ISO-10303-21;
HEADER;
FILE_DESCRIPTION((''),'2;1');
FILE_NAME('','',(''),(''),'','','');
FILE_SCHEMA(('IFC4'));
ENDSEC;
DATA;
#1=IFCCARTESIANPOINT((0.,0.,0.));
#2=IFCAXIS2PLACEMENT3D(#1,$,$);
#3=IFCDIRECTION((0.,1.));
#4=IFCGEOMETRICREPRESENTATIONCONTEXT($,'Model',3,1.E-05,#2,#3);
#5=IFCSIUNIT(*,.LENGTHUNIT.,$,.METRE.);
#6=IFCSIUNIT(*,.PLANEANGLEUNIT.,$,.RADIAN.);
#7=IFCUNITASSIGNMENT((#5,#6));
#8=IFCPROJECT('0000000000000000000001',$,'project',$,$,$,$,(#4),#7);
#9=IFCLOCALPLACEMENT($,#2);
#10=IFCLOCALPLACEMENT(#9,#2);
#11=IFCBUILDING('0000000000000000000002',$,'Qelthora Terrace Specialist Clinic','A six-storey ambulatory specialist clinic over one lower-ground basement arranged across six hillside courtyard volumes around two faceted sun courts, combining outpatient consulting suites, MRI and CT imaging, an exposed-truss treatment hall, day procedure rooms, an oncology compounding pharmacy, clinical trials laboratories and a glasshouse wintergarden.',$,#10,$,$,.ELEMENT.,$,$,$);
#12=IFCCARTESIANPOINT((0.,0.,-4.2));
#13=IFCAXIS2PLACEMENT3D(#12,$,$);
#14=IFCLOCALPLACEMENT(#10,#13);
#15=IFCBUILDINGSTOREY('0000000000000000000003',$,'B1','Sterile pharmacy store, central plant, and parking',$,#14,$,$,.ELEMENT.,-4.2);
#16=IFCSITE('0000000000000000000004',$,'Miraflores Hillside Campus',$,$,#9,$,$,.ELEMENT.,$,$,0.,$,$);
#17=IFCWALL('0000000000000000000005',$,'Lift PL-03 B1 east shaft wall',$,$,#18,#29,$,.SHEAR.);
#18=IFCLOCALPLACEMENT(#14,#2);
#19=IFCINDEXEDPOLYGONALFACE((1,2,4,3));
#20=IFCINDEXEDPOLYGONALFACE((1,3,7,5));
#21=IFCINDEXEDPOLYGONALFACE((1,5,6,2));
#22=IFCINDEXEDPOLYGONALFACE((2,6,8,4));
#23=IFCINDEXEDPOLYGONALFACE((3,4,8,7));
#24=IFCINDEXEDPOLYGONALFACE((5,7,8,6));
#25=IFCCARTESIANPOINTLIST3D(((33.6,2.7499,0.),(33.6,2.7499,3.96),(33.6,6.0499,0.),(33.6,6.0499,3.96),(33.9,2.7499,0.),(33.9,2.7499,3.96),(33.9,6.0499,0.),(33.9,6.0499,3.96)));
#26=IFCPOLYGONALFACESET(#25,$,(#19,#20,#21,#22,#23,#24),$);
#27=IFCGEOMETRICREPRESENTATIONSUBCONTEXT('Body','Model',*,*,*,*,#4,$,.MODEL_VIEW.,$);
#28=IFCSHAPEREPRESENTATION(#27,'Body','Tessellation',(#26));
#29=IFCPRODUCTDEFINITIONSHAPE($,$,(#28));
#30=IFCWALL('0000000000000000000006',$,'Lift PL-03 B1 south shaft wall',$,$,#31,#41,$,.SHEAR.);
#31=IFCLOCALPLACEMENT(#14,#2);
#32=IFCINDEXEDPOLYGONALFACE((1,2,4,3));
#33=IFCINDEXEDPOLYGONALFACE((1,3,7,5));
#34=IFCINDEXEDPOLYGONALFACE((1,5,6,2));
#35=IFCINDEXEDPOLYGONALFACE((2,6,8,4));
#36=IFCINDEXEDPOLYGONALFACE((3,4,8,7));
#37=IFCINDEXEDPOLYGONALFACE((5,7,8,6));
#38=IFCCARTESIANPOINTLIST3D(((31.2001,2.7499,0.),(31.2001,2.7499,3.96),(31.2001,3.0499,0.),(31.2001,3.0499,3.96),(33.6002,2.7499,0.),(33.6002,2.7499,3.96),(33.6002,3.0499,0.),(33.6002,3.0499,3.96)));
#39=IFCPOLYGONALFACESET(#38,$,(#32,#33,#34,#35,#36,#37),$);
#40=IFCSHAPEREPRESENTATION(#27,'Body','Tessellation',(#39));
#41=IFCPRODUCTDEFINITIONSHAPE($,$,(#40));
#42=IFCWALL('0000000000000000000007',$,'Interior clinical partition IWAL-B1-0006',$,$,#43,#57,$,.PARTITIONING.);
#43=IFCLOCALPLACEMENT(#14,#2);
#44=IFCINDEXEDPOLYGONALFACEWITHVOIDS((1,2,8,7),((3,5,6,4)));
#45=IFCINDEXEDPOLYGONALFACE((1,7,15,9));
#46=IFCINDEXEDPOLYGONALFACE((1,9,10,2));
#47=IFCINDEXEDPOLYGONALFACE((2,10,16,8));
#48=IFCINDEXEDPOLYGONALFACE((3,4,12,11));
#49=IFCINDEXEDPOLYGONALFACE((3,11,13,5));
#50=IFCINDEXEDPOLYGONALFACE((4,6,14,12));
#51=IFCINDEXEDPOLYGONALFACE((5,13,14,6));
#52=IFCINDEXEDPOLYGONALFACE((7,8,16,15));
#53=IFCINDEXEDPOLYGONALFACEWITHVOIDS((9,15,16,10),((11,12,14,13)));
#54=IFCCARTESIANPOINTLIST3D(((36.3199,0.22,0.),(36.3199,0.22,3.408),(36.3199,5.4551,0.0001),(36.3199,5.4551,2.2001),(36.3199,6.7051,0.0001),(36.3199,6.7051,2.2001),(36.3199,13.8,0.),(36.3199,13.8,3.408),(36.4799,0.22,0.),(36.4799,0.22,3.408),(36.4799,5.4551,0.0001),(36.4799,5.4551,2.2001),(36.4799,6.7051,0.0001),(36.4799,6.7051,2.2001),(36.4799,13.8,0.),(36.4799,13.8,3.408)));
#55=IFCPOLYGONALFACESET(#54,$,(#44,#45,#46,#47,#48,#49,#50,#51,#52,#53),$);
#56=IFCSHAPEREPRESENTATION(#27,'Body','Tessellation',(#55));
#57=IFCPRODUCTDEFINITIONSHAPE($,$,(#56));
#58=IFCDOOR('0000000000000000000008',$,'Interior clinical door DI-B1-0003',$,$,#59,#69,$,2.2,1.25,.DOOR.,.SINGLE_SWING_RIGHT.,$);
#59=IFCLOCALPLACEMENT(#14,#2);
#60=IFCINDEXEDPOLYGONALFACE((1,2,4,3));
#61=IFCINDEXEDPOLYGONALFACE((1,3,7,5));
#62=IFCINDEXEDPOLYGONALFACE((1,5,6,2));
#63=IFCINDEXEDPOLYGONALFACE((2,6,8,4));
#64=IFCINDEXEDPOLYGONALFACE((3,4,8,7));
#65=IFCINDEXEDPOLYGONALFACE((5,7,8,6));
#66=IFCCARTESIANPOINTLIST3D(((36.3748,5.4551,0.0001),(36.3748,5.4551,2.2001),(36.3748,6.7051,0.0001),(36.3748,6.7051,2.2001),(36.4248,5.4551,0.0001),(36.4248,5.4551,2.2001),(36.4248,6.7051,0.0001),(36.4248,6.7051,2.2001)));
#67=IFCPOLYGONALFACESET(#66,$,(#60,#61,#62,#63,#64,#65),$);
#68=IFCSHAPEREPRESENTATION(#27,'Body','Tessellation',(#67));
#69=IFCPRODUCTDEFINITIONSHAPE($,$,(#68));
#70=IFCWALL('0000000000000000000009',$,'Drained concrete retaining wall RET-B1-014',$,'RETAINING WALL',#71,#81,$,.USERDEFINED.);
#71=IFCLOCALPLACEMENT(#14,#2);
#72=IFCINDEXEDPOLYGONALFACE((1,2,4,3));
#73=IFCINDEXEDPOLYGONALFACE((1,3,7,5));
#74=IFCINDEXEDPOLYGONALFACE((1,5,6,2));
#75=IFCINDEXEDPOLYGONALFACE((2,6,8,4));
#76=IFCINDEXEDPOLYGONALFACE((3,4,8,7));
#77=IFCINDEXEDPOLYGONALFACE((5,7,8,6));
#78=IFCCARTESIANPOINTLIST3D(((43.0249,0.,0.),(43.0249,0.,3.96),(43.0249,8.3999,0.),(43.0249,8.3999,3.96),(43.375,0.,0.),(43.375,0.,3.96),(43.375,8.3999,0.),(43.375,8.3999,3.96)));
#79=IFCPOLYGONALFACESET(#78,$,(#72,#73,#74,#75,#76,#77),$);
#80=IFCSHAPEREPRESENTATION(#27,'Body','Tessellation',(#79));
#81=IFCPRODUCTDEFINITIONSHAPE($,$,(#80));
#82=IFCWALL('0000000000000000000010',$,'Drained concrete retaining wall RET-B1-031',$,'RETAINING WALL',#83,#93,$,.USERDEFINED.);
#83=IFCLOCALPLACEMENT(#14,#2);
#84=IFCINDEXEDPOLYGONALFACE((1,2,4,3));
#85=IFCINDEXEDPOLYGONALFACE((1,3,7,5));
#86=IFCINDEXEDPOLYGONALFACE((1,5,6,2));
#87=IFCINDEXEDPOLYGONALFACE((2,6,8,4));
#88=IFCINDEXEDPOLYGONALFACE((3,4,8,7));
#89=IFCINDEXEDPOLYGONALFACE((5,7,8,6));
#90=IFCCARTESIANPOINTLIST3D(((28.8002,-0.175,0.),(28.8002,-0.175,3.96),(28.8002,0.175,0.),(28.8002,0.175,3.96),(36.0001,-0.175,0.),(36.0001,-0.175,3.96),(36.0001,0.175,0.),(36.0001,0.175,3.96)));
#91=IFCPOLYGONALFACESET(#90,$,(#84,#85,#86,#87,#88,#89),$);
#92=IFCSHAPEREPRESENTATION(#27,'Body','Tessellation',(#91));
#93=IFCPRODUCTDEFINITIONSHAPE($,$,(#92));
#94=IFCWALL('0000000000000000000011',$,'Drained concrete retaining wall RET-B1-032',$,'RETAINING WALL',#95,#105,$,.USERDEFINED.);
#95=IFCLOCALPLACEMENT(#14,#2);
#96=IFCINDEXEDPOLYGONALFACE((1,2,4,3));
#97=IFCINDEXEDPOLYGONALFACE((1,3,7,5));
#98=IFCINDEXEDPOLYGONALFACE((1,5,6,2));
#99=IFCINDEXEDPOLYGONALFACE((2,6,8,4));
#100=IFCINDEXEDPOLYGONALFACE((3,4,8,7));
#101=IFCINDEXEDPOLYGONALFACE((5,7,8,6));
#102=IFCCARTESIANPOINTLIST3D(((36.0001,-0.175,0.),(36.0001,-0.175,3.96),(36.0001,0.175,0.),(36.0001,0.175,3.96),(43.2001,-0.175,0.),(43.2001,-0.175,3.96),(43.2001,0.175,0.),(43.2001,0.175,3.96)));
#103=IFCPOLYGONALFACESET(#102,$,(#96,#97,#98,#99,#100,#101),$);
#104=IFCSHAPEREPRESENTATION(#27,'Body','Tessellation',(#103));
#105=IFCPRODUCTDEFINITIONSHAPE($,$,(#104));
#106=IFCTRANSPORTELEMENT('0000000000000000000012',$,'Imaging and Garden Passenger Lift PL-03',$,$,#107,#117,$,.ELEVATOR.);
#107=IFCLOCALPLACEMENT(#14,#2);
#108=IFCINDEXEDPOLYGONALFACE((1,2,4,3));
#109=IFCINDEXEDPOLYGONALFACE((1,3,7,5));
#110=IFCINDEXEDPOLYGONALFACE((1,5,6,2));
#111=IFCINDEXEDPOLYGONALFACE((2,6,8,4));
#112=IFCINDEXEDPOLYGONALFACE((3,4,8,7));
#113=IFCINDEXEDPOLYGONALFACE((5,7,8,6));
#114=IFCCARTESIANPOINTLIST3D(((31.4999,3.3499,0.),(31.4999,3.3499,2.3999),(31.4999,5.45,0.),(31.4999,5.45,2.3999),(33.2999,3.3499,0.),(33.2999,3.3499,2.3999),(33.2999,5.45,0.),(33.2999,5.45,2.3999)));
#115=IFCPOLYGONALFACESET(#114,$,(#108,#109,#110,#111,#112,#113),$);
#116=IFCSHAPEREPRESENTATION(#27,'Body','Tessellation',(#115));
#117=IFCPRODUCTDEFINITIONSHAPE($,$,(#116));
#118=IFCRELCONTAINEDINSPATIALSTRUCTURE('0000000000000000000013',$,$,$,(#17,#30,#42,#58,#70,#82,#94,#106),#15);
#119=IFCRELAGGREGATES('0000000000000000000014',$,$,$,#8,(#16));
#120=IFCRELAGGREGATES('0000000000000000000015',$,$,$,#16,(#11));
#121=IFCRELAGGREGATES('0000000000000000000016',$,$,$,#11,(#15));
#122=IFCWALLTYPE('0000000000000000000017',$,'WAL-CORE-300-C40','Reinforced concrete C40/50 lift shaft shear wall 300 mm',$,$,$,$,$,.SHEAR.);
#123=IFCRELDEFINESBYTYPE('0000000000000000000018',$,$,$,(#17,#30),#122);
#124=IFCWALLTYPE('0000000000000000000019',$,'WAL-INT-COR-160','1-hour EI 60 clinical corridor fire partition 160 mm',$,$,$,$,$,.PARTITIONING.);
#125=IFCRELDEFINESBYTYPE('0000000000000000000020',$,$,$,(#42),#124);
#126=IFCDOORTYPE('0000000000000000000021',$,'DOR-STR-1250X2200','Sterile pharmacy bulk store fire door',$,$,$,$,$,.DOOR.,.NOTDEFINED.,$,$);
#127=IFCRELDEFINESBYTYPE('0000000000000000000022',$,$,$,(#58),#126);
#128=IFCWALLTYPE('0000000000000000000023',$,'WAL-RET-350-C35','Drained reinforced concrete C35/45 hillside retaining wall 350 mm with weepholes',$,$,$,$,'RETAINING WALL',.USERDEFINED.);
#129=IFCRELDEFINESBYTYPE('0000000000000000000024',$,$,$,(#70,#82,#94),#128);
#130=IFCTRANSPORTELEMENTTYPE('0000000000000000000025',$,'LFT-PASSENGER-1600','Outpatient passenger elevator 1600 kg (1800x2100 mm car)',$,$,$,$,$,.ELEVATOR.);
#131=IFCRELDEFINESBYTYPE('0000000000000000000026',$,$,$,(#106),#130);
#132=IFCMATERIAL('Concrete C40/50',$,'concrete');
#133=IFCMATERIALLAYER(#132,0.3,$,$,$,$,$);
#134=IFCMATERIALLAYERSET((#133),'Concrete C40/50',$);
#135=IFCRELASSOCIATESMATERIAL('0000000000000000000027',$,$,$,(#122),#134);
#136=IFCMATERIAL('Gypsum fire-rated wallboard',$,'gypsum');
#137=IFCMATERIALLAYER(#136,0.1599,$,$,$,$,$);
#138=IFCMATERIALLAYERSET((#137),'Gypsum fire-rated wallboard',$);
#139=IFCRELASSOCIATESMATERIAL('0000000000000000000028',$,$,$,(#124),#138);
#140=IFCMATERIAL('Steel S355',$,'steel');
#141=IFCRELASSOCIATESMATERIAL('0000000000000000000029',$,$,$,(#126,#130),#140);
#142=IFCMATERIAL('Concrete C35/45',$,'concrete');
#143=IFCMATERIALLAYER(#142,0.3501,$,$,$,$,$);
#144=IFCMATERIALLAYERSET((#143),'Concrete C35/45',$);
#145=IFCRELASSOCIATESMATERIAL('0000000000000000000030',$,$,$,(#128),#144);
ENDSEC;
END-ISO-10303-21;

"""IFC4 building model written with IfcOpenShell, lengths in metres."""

from ifc_helpers import new_model, si_unit, direction, frame, frame_2d, origin, origin_2d, place, context, subcontext, project, spatial, rectangle, extrude, material, layer, layer_set, type_object, element, fill, save


model = new_model("IFC4")

# Units and contexts
model_context = context("Model", 3, precision=1e-05, world=origin(), true_north=direction((0.0, 1.0)))
body_context = subcontext(model_context, "Body", "Model", "MODEL_VIEW")
ifc_project = project(units=[si_unit("LENGTHUNIT", "METRE"), si_unit("PLANEANGLEUNIT", "RADIAN")], contexts=[model_context])

# Site, building, storey
site_placement = place(None, origin())
site = spatial("IfcSite", under=ifc_project, at=site_placement, Name="Miraflores Hillside Campus", CompositionType="ELEMENT", RefElevation=0.0)
building_placement = place(site_placement, origin())
building = spatial("IfcBuilding", under=site, at=building_placement, Name="Qelthora Terrace Specialist Clinic", Description="A six-storey ambulatory specialist clinic over one lower-ground basement arranged across six hillside courtyard volumes around two faceted sun courts, combining outpatient consulting suites, MRI and CT imaging, an exposed-truss treatment hall, day procedure rooms, an oncology compounding pharmacy, clinical trials laboratories and a glasshouse wintergarden.", CompositionType="ELEMENT")
storey_placement = place(building_placement, frame((0.0, 0.0, -4.2)))
storey = spatial("IfcBuildingStorey", under=building, at=storey_placement, Name="B1", Description="Sterile pharmacy store, central plant, and parking", CompositionType="ELEMENT", Elevation=-4.2)

# Shared definitions
ifc_material_1 = material(Name="Concrete C35/45", Category="concrete")

# Shared definitions
ifc_material_2 = material(Name="Concrete C40/50", Category="concrete")
ifc_material_3 = material(Name="Steel S355", Category="steel")

# Wall
ifc_layer_1 = layer(ifc_material_2, 0.3)
ifc_layer_set_1 = layer_set([ifc_layer_1], Name="Concrete C40/50")
wall_type_1 = type_object("IfcWallType", Name="WAL-CORE-300-C40", Description="Reinforced concrete C40/50 lift shaft shear wall 300 mm", PredefinedType="SHEAR", material=ifc_layer_set_1)
for number, where, z_axis, x_axis, name in (
    (1, (33.75, 2.75, 0.0), (0.0, 0.0, 1.0), (0.0, 1.0, 0.0), "Lift PL-03 B1 east shaft wall"),
):
    element("IfcWall", number, at=place(storey_placement, frame(where, z_axis=z_axis, x_axis=x_axis)), inside=storey, type_object=wall_type_1, Name=name, PredefinedType="SHEAR", context=body_context, shape_type="SweptSolid", body=[
        extrude(rectangle(XDim=3.3, YDim=0.3, at=frame_2d((1.6499, 0.0))), origin(), (0.0, 0.0, 1.0), 3.96),
    ])

# Wall
wall_1_placement = place(storey_placement, frame((31.2, 2.8999, 0.0), z_axis=(0.0, 0.0, 1.0), x_axis=(1.0, 0.0, 0.0)))
element("IfcWall", 2, at=wall_1_placement, inside=storey, type_object=wall_type_1, Name="Lift PL-03 B1 south shaft wall", PredefinedType="SHEAR", context=body_context, shape_type="SweptSolid", body=[
    extrude(rectangle(XDim=2.4001, YDim=0.3, at=frame_2d((1.2002, 0.0))), origin(), (0.0, 0.0, 1.0), 3.96),
])

# Wall, opening, door
ifc_material_4 = material(Name="Gypsum fire-rated wallboard", Category="gypsum")
ifc_layer_2 = layer(ifc_material_4, 0.1599)
ifc_layer_set_2 = layer_set([ifc_layer_2], Name="Gypsum fire-rated wallboard")
wall_type_2 = type_object("IfcWallType", Name="WAL-INT-COR-160", Description="1-hour EI 60 clinical corridor fire partition 160 mm", PredefinedType="PARTITIONING", material=ifc_layer_set_2)
wall_2_placement = place(storey_placement, frame((36.3999, 0.22, 0.0), z_axis=(0.0, 0.0, 1.0), x_axis=(0.0, 1.0, 0.0)))
wall_2 = element("IfcWall", 3, at=wall_2_placement, inside=storey, type_object=wall_type_2, Name="Interior clinical partition IWAL-B1-0006", PredefinedType="PARTITIONING", context=body_context, shape_type="SweptSolid", body=[
    extrude(rectangle(XDim=13.5801, YDim=0.1599, at=frame_2d((6.79, 0.0))), origin(), (0.0, 0.0, 1.0), 3.408),
])
opening_1_placement = place(wall_2_placement, frame((5.2351, 0.0, 0.0)))
opening_1 = element("IfcOpeningElement", 4, at=opening_1_placement, cuts=wall_2, PredefinedType="OPENING", context=body_context, shape_type="SweptSolid", body=[
    extrude(rectangle(XDim=1.25, YDim=2.2, at=frame_2d((0.625, 1.1001))), frame((0.0, 0.0898, 0.0), z_axis=(0.0, -1.0, 0.0), x_axis=(1.0, 0.0, 0.0)), (0.0, 0.0, 1.0), 0.1799),
])
door_type_1 = type_object("IfcDoorType", Name="DOR-STR-1250X2200", Description="Sterile pharmacy bulk store fire door", OperationType="NOTDEFINED", PredefinedType="DOOR", material=ifc_material_3)
door_1_placement = place(opening_1_placement, frame((1.25, 0.0, 0.0), z_axis=(0.0, 0.0, 1.0), x_axis=(-1.0, 0.0, 0.0)))
door_1 = element("IfcDoor", 5, at=door_1_placement, inside=storey, type_object=door_type_1, Name="Interior clinical door DI-B1-0003", OperationType="SINGLE_SWING_RIGHT", OverallHeight=2.2, OverallWidth=1.25, PredefinedType="DOOR", context=body_context, shape_type="SweptSolid", body=[
    extrude(rectangle(XDim=1.25, YDim=2.2, at=frame_2d((0.625, 1.1001))), frame((0.0, 0.0249, 0.0), z_axis=(0.0, -1.0, 0.0), x_axis=(1.0, 0.0, 0.0)), (0.0, 0.0, 1.0), 0.05),
])
fill(opening_1, door_1)

# Walls
ifc_layer_3 = layer(ifc_material_1, 0.3501)
ifc_layer_set_3 = layer_set([ifc_layer_3], Name="Concrete C35/45")
wall_type_3 = type_object("IfcWallType", Name="WAL-RET-350-C35", Description="Drained reinforced concrete C35/45 hillside retaining wall 350 mm with weepholes", ElementType="RETAINING WALL", PredefinedType="USERDEFINED", material=ifc_layer_set_3)
wall_3_placement = place(storey_placement, frame((43.2, 0.0, 0.0), z_axis=(0.0, 0.0, 1.0), x_axis=(0.0, 1.0, 0.0)))
element("IfcWall", 6, at=wall_3_placement, inside=storey, type_object=wall_type_3, Name="Drained concrete retaining wall RET-B1-014", ObjectType="RETAINING WALL", PredefinedType="USERDEFINED", context=body_context, shape_type="SweptSolid", body=[
    extrude(rectangle(XDim=8.3999, YDim=0.3501, at=frame_2d((4.2, 0.0))), origin(), (0.0, 0.0, 1.0), 3.96),
])
for number, where, z_axis, x_axis, name in (
    (7, (28.8, 0.0, 0.0), (0.0, 0.0, 1.0), (1.0, 0.0, 0.0), "Drained concrete retaining wall RET-B1-031"),
    (8, (36.0, 0.0, 0.0), (0.0, 0.0, 1.0), (1.0, 0.0, 0.0), "Drained concrete retaining wall RET-B1-032"),
):
    element("IfcWall", number, at=place(storey_placement, frame(where, z_axis=z_axis, x_axis=x_axis)), inside=storey, type_object=wall_type_3, Name=name, ObjectType="RETAINING WALL", PredefinedType="USERDEFINED", context=body_context, shape_type="SweptSolid", body=[
        extrude(rectangle(XDim=7.2, YDim=0.3501, at=frame_2d((3.6001, 0.0))), origin(), (0.0, 0.0, 1.0), 3.96),
    ])

# Transport element
transport_element_type = type_object("IfcTransportElementType", Name="LFT-PASSENGER-1600", Description="Outpatient passenger elevator 1600 kg (1800x2100 mm car)", PredefinedType="ELEVATOR", material=ifc_material_3)
transport_element_placement = place(storey_placement, frame((32.3999, 4.3999, 0.0), z_axis=(0.0, 0.0, 1.0), x_axis=(1.0, 0.0, 0.0)))
element("IfcTransportElement", 9, at=transport_element_placement, inside=storey, type_object=transport_element_type, Name="Imaging and Garden Passenger Lift PL-03", PredefinedType="ELEVATOR", context=body_context, shape_type="SweptSolid", body=[
    extrude(rectangle(XDim=1.8, YDim=2.1001, at=origin_2d()), origin(), (0.0, 0.0, 1.0), 2.3999),
])

save(model, "model.ifc")
